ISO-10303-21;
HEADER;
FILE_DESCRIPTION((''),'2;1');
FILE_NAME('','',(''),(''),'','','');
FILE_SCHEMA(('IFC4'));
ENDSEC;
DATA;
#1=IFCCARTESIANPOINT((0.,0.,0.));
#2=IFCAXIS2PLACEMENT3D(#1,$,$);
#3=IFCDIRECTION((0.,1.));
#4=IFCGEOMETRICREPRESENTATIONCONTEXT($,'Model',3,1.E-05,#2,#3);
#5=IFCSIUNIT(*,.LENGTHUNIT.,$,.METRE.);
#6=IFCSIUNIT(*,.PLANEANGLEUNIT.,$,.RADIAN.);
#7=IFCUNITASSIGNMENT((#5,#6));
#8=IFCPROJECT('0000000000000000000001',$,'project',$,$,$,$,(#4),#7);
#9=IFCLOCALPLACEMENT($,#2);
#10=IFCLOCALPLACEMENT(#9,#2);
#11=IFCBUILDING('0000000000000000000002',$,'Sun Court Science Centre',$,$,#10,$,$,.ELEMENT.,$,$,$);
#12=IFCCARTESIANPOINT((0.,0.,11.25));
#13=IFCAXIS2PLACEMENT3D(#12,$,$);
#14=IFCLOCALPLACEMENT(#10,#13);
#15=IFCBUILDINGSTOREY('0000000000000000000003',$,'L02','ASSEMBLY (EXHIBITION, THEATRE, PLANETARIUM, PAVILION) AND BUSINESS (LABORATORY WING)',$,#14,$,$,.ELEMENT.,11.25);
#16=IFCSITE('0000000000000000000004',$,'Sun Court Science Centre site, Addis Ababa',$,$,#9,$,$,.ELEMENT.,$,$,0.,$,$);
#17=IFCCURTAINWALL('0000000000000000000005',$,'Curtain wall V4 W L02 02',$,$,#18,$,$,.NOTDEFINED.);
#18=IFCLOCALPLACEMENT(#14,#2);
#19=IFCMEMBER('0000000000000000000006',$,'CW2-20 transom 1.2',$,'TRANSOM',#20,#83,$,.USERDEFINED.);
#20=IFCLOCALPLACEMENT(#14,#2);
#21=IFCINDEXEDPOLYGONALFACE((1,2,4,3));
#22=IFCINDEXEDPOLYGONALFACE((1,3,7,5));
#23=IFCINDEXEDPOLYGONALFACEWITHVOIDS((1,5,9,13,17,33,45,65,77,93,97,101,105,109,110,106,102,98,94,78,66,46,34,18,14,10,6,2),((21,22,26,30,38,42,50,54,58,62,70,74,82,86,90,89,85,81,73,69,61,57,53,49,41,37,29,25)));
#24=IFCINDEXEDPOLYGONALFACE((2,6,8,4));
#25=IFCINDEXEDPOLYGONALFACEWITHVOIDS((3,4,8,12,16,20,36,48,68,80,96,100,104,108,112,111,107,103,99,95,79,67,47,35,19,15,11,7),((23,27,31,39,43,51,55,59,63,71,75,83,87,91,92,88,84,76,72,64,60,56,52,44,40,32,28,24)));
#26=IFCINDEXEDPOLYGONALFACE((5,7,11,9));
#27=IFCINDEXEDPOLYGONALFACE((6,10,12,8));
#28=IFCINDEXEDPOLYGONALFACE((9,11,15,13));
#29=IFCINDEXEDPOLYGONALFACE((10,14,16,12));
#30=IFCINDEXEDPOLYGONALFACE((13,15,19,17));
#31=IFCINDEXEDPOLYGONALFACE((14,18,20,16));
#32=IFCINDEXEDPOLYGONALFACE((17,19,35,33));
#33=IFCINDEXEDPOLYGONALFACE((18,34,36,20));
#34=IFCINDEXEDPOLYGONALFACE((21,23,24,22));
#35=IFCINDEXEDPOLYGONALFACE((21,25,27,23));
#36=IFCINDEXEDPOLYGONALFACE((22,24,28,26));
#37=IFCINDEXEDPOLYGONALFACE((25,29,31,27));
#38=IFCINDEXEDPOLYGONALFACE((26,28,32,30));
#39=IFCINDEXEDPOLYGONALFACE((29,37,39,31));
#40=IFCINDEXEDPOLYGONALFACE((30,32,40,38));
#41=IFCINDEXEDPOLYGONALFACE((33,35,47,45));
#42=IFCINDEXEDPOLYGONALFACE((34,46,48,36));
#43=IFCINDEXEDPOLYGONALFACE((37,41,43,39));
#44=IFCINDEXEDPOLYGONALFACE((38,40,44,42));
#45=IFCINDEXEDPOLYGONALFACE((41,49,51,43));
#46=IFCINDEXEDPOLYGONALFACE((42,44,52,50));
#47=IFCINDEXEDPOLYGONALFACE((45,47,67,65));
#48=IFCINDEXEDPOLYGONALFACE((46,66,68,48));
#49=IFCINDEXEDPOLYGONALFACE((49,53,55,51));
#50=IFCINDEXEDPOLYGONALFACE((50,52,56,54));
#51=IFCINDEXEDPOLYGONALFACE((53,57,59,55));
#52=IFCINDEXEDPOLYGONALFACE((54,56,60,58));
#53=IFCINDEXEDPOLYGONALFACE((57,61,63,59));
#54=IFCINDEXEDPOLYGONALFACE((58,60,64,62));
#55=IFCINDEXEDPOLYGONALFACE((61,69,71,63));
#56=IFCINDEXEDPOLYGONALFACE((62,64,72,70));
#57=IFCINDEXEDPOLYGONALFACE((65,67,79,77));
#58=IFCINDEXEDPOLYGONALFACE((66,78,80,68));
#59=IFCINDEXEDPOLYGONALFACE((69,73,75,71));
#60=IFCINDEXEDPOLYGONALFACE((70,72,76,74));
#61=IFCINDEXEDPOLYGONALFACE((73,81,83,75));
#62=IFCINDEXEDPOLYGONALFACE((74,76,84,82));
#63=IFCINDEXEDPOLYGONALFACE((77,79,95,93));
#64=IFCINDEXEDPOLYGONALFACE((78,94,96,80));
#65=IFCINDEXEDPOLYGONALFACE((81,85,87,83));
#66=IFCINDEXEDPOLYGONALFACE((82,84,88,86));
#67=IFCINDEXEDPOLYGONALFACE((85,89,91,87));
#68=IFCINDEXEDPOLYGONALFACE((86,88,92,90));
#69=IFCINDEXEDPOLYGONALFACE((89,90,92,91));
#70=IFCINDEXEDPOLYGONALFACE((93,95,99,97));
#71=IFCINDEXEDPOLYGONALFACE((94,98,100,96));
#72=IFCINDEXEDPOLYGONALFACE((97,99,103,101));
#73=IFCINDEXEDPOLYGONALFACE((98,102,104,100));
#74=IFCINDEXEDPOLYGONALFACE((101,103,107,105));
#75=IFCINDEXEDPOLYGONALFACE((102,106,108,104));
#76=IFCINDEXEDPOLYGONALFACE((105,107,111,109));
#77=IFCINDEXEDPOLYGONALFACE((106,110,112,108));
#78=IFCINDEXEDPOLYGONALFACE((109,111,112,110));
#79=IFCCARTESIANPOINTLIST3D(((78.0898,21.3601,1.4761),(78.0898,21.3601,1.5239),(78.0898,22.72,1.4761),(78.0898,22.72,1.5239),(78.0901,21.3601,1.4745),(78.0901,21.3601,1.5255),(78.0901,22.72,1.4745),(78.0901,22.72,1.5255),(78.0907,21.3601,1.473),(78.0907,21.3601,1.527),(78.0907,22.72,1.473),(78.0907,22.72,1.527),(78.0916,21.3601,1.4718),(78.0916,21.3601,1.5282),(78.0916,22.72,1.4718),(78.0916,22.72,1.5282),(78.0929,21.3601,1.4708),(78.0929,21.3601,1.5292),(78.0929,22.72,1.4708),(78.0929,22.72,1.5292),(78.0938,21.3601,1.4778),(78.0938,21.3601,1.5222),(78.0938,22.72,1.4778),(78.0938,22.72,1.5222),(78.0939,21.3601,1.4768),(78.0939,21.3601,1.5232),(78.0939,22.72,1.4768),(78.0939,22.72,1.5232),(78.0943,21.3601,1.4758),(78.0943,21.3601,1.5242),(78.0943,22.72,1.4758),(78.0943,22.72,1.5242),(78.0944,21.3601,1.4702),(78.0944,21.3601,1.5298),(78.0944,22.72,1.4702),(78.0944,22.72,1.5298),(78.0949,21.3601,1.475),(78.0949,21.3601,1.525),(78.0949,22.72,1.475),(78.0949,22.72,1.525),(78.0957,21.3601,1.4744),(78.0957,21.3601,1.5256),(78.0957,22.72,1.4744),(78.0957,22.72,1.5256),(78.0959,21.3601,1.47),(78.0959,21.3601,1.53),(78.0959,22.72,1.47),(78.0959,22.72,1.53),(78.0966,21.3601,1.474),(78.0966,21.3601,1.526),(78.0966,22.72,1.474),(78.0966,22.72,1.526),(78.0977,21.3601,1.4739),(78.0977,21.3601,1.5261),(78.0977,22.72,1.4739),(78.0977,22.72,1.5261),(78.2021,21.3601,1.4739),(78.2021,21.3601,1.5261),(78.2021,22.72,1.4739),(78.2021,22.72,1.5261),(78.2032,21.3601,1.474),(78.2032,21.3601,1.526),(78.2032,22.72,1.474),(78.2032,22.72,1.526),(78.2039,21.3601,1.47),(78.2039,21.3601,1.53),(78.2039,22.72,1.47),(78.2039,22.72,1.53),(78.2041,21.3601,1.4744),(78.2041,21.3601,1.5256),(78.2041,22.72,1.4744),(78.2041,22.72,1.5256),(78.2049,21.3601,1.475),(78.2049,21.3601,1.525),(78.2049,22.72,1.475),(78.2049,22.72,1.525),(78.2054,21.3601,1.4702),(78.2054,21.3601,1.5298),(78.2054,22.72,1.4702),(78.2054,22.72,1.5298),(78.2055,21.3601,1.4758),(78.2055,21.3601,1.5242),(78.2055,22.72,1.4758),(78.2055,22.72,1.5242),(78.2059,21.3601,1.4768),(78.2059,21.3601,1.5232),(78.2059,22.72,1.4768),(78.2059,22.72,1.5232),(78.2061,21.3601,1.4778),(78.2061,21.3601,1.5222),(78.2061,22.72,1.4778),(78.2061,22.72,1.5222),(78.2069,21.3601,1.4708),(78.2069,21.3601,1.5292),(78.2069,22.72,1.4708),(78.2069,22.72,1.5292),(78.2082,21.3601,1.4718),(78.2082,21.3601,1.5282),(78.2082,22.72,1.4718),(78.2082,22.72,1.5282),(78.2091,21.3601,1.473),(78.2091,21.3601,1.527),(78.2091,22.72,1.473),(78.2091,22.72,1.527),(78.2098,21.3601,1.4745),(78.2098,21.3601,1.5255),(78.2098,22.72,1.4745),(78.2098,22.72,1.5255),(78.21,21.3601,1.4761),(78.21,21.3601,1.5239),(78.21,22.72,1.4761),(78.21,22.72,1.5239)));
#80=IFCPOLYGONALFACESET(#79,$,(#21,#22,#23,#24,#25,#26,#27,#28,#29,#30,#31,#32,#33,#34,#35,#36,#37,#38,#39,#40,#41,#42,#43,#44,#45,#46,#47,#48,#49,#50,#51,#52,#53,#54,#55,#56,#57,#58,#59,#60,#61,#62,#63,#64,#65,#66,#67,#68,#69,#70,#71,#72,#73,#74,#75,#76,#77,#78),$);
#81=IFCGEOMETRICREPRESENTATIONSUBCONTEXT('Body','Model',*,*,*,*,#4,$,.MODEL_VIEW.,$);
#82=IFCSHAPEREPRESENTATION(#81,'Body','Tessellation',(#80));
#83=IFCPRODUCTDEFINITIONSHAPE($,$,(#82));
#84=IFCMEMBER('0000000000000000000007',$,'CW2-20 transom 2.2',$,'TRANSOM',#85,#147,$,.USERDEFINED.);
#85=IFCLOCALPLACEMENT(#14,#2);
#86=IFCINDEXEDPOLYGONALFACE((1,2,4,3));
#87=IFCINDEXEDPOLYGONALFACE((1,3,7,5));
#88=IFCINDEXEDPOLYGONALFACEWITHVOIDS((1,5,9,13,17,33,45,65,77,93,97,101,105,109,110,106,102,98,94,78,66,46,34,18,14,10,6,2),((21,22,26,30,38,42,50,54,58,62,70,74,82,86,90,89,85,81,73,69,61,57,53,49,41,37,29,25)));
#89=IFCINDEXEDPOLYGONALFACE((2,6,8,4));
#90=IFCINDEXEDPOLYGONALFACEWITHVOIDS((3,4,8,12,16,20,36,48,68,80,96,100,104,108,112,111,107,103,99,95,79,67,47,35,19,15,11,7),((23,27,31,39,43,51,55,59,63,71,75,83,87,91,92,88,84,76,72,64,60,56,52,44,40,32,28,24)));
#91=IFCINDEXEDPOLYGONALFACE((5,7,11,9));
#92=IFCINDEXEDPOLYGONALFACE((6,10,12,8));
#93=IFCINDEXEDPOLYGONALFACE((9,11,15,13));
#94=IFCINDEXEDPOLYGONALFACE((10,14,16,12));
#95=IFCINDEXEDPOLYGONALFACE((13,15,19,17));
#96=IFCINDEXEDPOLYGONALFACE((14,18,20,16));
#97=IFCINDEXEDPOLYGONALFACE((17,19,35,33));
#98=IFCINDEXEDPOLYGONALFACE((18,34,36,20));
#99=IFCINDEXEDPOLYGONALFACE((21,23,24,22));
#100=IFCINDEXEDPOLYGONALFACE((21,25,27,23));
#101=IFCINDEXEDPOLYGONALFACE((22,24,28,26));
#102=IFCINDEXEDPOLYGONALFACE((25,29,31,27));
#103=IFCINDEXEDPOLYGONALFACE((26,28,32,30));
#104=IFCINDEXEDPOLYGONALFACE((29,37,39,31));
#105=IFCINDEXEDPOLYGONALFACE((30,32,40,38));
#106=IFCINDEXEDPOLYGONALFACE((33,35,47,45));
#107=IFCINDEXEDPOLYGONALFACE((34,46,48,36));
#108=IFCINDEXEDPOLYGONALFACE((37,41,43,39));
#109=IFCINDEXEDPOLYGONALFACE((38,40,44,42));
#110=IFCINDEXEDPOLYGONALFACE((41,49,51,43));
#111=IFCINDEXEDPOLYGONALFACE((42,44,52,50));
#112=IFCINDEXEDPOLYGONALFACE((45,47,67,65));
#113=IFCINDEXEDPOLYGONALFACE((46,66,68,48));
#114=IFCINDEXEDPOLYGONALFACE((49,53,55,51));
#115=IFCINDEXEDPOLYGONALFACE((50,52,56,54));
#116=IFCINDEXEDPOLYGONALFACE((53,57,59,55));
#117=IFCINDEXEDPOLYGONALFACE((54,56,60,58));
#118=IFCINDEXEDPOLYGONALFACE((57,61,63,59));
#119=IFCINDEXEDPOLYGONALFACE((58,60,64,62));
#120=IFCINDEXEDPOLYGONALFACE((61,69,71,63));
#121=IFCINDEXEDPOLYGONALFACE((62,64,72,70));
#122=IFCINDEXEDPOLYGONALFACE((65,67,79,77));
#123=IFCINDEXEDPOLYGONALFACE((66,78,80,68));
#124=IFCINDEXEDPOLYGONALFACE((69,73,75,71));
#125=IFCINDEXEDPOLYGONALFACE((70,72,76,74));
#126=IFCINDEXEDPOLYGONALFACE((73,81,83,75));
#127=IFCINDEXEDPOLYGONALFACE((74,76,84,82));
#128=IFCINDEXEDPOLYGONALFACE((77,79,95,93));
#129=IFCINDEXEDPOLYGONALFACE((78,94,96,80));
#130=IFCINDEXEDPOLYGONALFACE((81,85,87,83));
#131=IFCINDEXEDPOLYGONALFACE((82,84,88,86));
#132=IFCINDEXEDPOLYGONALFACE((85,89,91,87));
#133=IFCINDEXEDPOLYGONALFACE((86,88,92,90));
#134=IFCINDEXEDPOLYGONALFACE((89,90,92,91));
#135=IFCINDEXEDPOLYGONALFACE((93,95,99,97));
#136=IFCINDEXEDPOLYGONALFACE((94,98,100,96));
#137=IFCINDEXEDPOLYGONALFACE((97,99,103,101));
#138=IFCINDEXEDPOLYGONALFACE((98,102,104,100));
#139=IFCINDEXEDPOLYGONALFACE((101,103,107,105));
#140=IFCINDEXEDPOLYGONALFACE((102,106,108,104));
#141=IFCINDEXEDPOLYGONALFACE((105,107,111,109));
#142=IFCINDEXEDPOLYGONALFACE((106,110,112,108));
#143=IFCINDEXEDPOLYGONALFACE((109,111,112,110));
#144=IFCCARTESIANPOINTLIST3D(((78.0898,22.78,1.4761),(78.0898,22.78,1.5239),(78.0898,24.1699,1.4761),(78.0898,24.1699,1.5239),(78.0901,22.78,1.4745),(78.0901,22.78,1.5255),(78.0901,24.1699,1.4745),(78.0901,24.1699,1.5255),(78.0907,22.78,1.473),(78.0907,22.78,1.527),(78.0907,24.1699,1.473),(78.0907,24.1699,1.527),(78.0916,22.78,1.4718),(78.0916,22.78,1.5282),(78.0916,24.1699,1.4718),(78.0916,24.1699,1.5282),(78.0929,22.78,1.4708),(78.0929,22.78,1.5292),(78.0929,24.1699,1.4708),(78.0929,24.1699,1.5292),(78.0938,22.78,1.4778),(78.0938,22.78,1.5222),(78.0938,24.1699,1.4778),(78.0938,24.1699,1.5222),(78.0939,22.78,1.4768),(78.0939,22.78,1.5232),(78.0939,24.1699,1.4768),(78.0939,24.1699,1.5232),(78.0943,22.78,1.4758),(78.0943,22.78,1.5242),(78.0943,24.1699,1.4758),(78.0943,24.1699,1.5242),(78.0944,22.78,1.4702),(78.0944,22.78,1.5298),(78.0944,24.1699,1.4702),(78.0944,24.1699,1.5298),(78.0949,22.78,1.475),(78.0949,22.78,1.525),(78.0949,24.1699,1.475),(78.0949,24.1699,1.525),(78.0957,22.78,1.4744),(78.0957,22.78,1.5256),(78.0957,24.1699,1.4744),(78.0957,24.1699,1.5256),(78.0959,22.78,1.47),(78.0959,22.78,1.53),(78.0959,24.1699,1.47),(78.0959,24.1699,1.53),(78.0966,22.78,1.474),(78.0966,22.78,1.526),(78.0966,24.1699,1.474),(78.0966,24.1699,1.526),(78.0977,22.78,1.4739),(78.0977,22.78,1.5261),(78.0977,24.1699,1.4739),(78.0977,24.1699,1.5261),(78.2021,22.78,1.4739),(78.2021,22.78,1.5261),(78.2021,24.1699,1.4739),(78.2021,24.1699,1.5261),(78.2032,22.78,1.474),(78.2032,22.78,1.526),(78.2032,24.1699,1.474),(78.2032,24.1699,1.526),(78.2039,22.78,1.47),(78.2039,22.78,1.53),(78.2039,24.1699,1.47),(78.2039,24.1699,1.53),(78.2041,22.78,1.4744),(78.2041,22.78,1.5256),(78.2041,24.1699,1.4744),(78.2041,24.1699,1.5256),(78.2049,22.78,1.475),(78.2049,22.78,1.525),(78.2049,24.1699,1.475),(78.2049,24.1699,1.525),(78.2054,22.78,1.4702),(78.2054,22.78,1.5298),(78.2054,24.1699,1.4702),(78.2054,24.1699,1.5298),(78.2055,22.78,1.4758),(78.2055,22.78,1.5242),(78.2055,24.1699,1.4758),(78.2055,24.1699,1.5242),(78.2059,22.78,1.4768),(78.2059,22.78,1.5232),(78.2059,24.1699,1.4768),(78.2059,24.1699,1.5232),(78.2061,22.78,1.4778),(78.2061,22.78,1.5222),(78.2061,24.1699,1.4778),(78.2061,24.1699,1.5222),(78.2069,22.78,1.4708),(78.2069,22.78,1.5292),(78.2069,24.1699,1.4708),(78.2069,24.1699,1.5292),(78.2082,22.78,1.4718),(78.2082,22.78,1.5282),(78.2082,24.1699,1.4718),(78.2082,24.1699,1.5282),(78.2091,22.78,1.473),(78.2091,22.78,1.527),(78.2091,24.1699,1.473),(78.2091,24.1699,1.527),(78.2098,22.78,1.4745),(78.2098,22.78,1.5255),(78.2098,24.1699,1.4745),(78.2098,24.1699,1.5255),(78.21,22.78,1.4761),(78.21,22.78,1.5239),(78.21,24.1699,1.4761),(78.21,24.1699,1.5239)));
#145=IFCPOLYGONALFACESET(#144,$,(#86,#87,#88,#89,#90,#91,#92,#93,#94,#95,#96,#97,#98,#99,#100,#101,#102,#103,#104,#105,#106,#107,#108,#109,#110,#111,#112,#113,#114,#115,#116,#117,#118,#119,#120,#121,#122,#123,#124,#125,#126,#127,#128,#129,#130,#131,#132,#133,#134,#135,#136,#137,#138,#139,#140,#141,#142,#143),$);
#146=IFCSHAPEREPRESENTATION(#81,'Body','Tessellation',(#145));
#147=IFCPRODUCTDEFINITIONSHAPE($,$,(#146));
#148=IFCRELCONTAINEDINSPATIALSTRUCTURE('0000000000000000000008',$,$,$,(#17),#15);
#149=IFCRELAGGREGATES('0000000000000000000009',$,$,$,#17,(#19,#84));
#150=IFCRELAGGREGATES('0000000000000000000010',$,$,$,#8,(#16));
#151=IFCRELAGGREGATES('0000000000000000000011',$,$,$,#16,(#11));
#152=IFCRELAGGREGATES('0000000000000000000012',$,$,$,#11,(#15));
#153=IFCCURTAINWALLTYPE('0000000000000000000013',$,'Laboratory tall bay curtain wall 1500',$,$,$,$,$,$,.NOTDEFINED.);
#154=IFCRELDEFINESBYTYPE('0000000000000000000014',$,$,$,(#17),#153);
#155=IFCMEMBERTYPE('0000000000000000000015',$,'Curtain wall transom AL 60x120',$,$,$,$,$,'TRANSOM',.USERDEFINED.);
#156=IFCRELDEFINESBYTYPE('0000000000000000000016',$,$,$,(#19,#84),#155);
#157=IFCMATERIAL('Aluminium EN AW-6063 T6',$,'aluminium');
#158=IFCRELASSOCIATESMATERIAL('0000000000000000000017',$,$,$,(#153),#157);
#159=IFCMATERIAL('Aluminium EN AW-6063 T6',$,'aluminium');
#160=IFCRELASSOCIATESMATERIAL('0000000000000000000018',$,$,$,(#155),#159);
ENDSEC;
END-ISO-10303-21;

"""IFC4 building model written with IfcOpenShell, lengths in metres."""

from ifc_helpers import new_model, si_unit, direction, frame, origin, origin_2d, place, context, subcontext, project, spatial, hollow_rectangle, extrude, material, material_profile, profile_set, type_object, element, aggregate, save


model = new_model("IFC4")

# Units and contexts
model_context = context("Model", 3, precision=1e-05, world=origin(), true_north=direction((0.0, 1.0)))
body_context = subcontext(model_context, "Body", "Model", "MODEL_VIEW")
ifc_project = project(units=[si_unit("LENGTHUNIT", "METRE"), si_unit("PLANEANGLEUNIT", "RADIAN")], contexts=[model_context])

# Site, building, storey
site_placement = place(None, origin())
site = spatial("IfcSite", under=ifc_project, at=site_placement, Name="Sun Court Science Centre site, Addis Ababa", CompositionType="ELEMENT", RefElevation=0.0)
building_placement = place(site_placement, origin())
building = spatial("IfcBuilding", under=site, at=building_placement, Name="Sun Court Science Centre", CompositionType="ELEMENT")
storey_placement = place(building_placement, frame((0.0, 0.0, 11.25)))
storey = spatial("IfcBuildingStorey", under=building, at=storey_placement, Name="L02", Description="ASSEMBLY (EXHIBITION, THEATRE, PLANETARIUM, PAVILION) AND BUSINESS (LABORATORY WING)", CompositionType="ELEMENT", Elevation=11.25)

# Curtain wall
ifc_material_1 = material(Name="Aluminium EN AW-6063 T6", Category="aluminium")
curtain_wall_type = type_object("IfcCurtainWallType", Name="Laboratory tall bay curtain wall 1500", PredefinedType="NOTDEFINED", material=ifc_material_1)
curtain_wall_1_placement = place(storey_placement, origin())
curtain_wall_1 = element("IfcCurtainWall", 1, at=curtain_wall_1_placement, inside=storey, type_object=curtain_wall_type, Name="Curtain wall V4 W L02 02", PredefinedType="NOTDEFINED")

# Members
ifc_material_2 = material(Name="Aluminium EN AW-6063 T6", Category="aluminium")
ifc_material_profile_1 = material_profile(ifc_material_2, hollow_rectangle(XDim=0.0601, YDim=0.1201, WallThickness=0.0039, InnerFilletRadius=0.0039, OuterFilletRadius=0.0061, at=origin_2d()), Name="AL 60x120x4")
ifc_profile_set_1 = profile_set([ifc_material_profile_1], Name="Aluminium EN AW-6063 T6")
member_type_1 = type_object("IfcMemberType", Name="Curtain wall transom AL 60x120", ElementType="TRANSOM", PredefinedType="USERDEFINED", material=ifc_profile_set_1)
member_1_placement = place(storey_placement, frame((78.1499, 21.3601, 1.5), z_axis=(0.0, 1.0, 0.0), x_axis=(0.0, 0.0, 1.0)))
member_1 = element("IfcMember", 2, at=member_1_placement, type_object=member_type_1, Name="CW2-20 transom 1.2", ObjectType="TRANSOM", PredefinedType="USERDEFINED", context=body_context, shape_type="SweptSolid", body=[
    extrude(hollow_rectangle(XDim=0.0601, YDim=0.1201, WallThickness=0.0039, InnerFilletRadius=0.0039, OuterFilletRadius=0.0061, at=origin_2d()), origin(), (0.0, 0.0, 1.0), 1.3599),
])
member_2_placement = place(storey_placement, frame((78.1499, 22.78, 1.5), z_axis=(0.0, 1.0, 0.0), x_axis=(0.0, 0.0, 1.0)))
member_2 = element("IfcMember", 3, at=member_2_placement, type_object=member_type_1, Name="CW2-20 transom 2.2", ObjectType="TRANSOM", PredefinedType="USERDEFINED", context=body_context, shape_type="SweptSolid", body=[
    extrude(hollow_rectangle(XDim=0.0601, YDim=0.1201, WallThickness=0.0039, InnerFilletRadius=0.0039, OuterFilletRadius=0.0061, at=origin_2d()), origin(), (0.0, 0.0, 1.0), 1.3899),
])

aggregate(curtain_wall_1, [member_1, member_2])

save(model, "model.ifc")
